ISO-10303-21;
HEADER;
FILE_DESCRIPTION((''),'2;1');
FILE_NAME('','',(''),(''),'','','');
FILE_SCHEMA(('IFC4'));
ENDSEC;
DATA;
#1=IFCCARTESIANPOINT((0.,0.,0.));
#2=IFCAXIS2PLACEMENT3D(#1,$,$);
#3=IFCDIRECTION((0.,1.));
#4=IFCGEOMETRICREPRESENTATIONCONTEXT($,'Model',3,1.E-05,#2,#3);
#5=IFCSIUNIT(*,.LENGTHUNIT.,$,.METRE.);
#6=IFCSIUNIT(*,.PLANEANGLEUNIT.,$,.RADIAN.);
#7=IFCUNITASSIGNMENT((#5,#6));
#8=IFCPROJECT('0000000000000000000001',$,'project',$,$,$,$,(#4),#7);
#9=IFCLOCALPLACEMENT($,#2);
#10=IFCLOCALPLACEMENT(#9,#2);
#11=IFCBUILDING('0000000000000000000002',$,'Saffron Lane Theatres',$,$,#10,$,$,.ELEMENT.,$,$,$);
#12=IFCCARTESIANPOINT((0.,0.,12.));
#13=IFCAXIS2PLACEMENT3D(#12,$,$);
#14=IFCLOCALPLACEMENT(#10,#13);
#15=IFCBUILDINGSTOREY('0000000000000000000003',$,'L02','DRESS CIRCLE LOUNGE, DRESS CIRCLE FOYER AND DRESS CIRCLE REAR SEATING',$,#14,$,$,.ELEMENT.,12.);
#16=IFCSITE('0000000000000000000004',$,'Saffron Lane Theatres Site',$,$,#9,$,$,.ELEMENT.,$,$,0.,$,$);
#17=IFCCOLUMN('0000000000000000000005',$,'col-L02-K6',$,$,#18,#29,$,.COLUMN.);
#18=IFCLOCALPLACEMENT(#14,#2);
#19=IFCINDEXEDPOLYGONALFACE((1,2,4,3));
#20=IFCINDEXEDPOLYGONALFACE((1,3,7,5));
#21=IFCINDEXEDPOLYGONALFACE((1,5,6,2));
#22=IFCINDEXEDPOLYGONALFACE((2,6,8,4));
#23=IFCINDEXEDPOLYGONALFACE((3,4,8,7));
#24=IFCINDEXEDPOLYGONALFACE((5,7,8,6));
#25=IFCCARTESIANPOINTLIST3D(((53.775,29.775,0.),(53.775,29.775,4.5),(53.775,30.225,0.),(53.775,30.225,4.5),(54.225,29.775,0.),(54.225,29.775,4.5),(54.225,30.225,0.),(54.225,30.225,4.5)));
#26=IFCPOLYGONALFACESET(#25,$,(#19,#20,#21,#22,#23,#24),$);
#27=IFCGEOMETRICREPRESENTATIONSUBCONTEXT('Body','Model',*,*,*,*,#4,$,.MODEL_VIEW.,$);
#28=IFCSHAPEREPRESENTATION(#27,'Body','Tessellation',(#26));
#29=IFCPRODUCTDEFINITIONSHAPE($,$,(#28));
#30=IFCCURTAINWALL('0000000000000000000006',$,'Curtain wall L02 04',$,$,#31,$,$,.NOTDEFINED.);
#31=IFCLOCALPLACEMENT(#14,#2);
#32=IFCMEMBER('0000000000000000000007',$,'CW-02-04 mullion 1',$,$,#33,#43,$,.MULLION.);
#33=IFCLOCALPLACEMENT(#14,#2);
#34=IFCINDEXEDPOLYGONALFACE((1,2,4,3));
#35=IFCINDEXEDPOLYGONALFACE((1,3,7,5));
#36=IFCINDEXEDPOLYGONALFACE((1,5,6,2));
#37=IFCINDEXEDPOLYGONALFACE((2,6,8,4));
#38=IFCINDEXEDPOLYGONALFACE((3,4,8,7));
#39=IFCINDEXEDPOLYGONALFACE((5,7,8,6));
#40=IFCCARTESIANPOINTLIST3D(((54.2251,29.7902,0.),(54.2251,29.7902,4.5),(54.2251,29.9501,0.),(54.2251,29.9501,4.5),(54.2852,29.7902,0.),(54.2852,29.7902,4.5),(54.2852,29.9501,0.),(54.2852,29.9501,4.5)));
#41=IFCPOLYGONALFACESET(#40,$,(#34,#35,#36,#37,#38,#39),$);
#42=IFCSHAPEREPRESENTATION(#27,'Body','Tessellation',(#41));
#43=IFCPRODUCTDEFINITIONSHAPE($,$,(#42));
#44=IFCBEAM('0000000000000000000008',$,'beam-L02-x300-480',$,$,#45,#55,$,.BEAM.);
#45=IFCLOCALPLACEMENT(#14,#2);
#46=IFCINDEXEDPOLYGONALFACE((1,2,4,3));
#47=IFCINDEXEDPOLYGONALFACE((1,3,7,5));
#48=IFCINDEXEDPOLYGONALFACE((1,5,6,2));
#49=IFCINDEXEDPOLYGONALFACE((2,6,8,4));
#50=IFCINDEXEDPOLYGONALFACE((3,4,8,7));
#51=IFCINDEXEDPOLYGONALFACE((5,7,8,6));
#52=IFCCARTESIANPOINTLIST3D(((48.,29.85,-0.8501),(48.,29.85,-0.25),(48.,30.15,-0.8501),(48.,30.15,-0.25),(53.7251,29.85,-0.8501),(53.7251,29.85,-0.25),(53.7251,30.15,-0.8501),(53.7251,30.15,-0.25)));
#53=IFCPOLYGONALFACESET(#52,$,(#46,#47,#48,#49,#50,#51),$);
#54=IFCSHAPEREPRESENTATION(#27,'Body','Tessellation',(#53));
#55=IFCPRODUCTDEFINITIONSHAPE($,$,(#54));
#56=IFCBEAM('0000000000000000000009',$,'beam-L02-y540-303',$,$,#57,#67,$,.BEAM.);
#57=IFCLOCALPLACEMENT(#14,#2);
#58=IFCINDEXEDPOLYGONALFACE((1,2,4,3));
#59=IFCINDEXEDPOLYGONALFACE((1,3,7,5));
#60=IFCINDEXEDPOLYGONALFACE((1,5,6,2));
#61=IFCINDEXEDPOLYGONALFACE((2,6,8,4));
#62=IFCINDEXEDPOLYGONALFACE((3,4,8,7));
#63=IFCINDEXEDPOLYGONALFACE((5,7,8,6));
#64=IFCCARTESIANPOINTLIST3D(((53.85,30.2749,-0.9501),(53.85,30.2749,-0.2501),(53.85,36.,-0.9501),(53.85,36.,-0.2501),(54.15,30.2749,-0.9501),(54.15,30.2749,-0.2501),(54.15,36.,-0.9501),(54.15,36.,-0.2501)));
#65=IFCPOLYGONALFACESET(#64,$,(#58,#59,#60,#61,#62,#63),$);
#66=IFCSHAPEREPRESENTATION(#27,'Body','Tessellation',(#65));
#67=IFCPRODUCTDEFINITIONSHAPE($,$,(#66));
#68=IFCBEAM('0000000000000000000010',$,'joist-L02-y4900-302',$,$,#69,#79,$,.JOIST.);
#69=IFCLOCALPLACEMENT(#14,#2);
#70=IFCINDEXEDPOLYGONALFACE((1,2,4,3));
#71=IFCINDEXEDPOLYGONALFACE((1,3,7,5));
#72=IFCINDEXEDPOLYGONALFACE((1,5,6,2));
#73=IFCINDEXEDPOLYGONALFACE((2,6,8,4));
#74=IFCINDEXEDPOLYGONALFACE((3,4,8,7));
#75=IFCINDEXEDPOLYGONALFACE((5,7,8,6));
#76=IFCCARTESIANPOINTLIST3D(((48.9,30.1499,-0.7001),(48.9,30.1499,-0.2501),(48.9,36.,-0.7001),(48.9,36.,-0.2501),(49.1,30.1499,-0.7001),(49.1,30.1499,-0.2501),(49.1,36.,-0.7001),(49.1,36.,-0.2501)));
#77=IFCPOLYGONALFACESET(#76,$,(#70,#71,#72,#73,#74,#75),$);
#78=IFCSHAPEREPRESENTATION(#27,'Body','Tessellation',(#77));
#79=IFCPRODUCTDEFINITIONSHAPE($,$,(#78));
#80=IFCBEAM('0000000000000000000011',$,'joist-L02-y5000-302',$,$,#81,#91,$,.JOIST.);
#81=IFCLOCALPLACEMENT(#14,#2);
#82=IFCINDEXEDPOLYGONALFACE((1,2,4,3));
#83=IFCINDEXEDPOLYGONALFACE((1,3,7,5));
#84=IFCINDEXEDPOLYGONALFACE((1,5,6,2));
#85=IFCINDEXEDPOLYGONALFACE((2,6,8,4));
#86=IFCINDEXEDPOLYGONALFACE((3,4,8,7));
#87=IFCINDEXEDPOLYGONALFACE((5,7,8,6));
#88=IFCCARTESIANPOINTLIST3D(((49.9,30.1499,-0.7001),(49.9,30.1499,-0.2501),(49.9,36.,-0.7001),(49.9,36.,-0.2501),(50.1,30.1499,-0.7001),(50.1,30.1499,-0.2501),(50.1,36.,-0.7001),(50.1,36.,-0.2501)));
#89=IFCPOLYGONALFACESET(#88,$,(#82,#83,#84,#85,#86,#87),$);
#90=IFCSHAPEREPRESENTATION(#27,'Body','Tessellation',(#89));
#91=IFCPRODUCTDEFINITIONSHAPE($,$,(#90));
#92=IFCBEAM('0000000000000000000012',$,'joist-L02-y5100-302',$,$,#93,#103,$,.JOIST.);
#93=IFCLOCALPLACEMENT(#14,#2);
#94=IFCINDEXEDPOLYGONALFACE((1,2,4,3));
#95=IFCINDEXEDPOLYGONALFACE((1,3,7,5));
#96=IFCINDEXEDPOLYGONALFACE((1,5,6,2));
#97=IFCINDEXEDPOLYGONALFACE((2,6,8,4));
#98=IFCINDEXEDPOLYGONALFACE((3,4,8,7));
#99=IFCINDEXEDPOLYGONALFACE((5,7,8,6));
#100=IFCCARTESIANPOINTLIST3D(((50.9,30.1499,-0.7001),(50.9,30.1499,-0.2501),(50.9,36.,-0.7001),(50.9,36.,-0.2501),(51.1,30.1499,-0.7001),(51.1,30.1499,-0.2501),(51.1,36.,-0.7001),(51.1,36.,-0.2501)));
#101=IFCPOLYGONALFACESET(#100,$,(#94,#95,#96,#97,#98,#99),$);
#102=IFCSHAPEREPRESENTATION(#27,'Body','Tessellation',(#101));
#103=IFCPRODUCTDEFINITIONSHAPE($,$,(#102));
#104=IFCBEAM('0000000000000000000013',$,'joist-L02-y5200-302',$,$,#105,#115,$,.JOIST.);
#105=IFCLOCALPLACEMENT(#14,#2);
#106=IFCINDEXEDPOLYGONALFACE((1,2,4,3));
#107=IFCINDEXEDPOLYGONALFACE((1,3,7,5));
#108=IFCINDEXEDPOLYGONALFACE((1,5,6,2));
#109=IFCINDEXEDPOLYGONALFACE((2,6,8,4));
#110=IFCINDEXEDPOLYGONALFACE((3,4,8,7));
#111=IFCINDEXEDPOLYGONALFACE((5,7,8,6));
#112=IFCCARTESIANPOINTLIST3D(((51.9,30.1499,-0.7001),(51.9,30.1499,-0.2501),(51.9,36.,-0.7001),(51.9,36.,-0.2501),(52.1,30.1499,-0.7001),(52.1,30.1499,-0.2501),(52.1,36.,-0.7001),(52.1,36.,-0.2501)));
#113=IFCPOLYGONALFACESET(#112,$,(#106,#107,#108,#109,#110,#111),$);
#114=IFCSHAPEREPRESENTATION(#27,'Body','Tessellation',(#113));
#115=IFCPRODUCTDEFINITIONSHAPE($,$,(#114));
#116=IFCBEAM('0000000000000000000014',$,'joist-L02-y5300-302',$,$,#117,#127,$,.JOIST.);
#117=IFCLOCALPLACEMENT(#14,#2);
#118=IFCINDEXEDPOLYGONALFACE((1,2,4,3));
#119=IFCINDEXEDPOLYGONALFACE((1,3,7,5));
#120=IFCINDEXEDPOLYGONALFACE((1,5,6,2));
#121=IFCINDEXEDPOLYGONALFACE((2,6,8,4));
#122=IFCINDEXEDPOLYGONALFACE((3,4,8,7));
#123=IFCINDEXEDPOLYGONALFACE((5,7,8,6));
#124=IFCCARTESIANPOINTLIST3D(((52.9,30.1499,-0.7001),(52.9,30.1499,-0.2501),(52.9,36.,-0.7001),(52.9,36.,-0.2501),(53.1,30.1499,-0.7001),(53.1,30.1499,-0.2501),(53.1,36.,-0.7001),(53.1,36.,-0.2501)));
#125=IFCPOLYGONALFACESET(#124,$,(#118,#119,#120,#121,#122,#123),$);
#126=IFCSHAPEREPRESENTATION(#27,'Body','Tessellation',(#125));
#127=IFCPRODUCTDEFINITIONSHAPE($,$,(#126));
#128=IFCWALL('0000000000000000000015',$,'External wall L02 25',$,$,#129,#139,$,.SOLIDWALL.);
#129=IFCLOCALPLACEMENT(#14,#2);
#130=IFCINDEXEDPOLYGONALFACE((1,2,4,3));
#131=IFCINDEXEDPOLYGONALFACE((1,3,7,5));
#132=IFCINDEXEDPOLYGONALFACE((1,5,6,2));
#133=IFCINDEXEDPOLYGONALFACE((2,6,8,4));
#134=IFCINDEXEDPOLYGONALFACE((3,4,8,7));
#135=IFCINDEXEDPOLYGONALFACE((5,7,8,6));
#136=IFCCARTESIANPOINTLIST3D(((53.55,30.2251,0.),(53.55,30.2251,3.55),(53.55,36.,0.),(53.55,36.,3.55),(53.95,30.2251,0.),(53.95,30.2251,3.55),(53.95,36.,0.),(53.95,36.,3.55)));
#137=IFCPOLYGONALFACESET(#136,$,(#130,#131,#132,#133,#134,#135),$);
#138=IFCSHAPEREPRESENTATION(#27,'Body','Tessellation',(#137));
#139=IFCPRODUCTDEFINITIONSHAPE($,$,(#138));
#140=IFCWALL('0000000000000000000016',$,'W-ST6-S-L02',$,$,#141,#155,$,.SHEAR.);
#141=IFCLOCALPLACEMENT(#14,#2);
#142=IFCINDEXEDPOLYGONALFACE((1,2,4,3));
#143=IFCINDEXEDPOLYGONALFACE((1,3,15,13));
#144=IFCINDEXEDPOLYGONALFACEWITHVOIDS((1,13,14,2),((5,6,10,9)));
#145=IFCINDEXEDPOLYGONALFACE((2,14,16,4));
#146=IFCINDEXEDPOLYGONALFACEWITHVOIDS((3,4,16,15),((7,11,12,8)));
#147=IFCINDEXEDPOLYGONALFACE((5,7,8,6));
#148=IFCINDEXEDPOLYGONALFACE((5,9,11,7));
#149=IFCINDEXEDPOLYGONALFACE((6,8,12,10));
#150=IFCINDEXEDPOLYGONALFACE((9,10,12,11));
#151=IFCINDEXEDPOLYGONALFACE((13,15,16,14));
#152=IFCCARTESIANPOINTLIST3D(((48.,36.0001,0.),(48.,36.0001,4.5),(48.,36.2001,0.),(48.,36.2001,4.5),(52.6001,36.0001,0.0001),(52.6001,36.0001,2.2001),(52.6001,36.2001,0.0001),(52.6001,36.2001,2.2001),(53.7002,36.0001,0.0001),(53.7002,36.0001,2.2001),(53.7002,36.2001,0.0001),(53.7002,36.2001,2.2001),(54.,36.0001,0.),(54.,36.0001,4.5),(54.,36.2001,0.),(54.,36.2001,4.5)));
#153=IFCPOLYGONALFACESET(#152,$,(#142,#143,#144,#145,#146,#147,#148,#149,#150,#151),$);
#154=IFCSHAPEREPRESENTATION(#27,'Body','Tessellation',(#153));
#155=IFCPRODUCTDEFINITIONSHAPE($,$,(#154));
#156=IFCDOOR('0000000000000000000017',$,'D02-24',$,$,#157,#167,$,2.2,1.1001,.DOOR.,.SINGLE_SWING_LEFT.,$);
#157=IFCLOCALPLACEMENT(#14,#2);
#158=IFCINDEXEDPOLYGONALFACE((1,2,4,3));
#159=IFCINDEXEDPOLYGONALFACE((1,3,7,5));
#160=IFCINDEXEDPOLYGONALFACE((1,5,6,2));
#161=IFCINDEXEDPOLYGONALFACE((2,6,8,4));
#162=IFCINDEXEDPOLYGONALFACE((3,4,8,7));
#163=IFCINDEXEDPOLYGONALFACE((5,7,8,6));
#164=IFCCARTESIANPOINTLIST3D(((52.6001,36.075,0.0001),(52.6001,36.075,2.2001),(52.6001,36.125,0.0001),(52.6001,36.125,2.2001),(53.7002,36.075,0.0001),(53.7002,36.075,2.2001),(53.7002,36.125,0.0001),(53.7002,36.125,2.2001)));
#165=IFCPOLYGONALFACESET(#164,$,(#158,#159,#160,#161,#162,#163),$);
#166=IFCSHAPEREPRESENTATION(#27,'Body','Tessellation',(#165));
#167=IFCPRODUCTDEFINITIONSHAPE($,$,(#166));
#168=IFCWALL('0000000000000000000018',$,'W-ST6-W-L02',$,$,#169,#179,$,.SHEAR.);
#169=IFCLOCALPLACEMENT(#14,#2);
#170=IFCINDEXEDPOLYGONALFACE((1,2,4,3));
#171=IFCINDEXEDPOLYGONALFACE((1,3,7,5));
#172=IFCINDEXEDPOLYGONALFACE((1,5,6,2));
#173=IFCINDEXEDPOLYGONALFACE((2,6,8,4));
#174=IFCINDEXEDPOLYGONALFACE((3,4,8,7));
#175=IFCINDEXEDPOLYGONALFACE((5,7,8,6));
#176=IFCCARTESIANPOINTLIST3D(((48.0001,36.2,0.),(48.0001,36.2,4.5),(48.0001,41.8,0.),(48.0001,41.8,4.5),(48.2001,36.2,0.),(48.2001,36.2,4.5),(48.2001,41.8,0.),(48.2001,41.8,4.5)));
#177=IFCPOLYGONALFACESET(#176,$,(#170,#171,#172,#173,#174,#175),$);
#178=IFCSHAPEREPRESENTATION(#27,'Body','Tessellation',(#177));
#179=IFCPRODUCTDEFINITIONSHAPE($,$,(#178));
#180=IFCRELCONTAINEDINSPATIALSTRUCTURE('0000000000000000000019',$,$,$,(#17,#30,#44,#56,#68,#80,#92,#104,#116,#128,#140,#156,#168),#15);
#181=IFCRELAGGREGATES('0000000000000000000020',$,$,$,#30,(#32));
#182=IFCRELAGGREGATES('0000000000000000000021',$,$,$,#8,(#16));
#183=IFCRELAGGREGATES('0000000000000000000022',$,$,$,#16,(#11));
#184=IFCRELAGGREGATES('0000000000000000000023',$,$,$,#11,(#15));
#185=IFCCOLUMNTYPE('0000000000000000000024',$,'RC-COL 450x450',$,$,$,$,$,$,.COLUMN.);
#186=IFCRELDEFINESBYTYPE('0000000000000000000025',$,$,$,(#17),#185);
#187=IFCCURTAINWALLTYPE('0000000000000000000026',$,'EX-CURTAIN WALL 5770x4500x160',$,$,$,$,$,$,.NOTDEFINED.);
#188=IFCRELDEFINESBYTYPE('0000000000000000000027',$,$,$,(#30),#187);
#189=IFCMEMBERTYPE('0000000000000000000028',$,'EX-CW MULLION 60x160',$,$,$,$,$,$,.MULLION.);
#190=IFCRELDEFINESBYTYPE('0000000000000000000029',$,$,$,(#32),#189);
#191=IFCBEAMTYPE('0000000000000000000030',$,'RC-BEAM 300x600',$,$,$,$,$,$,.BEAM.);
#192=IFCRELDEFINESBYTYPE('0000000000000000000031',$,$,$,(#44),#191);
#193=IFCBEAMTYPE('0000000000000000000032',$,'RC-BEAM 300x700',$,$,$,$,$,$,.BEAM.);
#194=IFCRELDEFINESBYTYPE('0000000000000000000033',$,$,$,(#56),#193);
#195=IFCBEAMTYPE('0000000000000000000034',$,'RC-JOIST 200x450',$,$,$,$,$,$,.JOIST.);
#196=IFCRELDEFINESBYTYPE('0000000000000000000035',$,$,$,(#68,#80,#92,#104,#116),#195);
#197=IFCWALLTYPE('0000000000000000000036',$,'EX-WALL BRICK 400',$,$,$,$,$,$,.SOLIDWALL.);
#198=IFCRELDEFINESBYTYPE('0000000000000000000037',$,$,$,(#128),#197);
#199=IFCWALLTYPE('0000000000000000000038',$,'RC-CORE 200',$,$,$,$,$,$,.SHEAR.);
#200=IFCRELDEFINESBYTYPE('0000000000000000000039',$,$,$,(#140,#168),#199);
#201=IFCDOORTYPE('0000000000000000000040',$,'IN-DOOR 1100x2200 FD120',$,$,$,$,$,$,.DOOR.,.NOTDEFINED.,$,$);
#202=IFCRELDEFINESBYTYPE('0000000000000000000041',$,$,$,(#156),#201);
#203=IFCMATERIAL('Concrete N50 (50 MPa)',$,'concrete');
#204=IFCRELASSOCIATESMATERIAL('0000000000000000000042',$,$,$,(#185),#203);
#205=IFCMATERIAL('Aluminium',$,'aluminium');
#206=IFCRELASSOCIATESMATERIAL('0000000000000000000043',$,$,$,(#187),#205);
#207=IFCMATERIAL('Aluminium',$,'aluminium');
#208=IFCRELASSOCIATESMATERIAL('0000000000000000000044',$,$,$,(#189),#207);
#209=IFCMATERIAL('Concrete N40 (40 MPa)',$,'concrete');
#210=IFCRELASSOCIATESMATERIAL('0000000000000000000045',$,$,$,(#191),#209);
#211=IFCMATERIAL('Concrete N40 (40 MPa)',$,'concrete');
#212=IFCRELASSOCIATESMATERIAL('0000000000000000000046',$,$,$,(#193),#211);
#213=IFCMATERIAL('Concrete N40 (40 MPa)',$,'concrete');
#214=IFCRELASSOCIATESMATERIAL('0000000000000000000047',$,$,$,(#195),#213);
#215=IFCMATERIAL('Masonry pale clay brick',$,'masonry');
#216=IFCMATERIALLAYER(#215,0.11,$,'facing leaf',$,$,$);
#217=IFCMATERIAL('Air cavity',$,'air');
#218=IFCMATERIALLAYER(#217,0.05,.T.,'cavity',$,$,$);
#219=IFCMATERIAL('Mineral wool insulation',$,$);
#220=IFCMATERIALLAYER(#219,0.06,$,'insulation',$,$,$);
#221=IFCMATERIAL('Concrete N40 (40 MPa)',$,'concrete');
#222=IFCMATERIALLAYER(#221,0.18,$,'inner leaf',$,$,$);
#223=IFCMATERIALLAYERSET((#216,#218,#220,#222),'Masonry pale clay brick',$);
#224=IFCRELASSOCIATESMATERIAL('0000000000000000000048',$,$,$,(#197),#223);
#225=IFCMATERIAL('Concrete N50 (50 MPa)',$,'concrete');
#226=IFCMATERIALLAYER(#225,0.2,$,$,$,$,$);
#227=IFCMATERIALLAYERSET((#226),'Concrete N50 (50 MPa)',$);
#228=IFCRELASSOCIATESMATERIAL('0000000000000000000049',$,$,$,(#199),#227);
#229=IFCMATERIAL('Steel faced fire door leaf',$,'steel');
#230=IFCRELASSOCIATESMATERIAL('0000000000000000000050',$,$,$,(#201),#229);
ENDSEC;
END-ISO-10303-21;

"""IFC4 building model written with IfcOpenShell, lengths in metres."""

from ifc_helpers import new_model, si_unit, direction, frame, frame_2d, origin, origin_2d, place, context, subcontext, project, spatial, rectangle, extrude, material, layer, layer_set, material_profile, profile_set, type_object, element, fill, aggregate, save


model = new_model("IFC4")

# Units and contexts
model_context = context("Model", 3, precision=1e-05, world=origin(), true_north=direction((0.0, 1.0)))
body_context = subcontext(model_context, "Body", "Model", "MODEL_VIEW")
ifc_project = project(units=[si_unit("LENGTHUNIT", "METRE"), si_unit("PLANEANGLEUNIT", "RADIAN")], contexts=[model_context])

# Site, building, storey
site_placement = place(None, origin())
site = spatial("IfcSite", under=ifc_project, at=site_placement, Name="Saffron Lane Theatres Site", CompositionType="ELEMENT", RefElevation=0.0)
building_placement = place(site_placement, origin())
building = spatial("IfcBuilding", under=site, at=building_placement, Name="Saffron Lane Theatres", CompositionType="ELEMENT")
storey_placement = place(building_placement, frame((0.0, 0.0, 12.0)))
storey = spatial("IfcBuildingStorey", under=building, at=storey_placement, Name="L02", Description="DRESS CIRCLE LOUNGE, DRESS CIRCLE FOYER AND DRESS CIRCLE REAR SEATING", CompositionType="ELEMENT", Elevation=12.0)

# Column
ifc_material_1 = material(Name="Concrete N50 (50 MPa)", Category="concrete")
ifc_material_profile_1 = material_profile(ifc_material_1, rectangle(XDim=0.45, YDim=0.45, at=origin_2d()))
ifc_profile_set_1 = profile_set([ifc_material_profile_1], Name="Concrete N50 (50 MPa)")
column_type = type_object("IfcColumnType", Name="RC-COL 450x450", PredefinedType="COLUMN", material=ifc_profile_set_1)
column_placement = place(storey_placement, frame((54.0, 30.0, 0.0), z_axis=(0.0, 0.0, 1.0), x_axis=(1.0, 0.0, 0.0)))
element("IfcColumn", 1, at=column_placement, inside=storey, type_object=column_type, Name="col-L02-K6", PredefinedType="COLUMN", context=body_context, shape_type="SweptSolid", body=[
    extrude(rectangle(XDim=0.45, YDim=0.45, at=origin_2d()), origin(), (0.0, 0.0, 1.0), 4.5),
])

# Curtain wall, member
ifc_material_2 = material(Name="Aluminium", Category="aluminium")
curtain_wall_type = type_object("IfcCurtainWallType", Name="EX-CURTAIN WALL 5770x4500x160", PredefinedType="NOTDEFINED", material=ifc_material_2)
curtain_wall_placement = place(storey_placement, origin())
curtain_wall = element("IfcCurtainWall", 2, at=curtain_wall_placement, inside=storey, type_object=curtain_wall_type, Name="Curtain wall L02 04", PredefinedType="NOTDEFINED")
ifc_material_3 = material(Name="Aluminium", Category="aluminium")
ifc_material_profile_2 = material_profile(ifc_material_3, rectangle(XDim=0.0601, YDim=0.1599, at=origin_2d()))
ifc_profile_set_2 = profile_set([ifc_material_profile_2], Name="Aluminium")
member_type = type_object("IfcMemberType", Name="EX-CW MULLION 60x160", PredefinedType="MULLION", material=ifc_profile_set_2)
member_placement = place(storey_placement, frame((54.2551, 29.8701, 0.0), z_axis=(0.0, 0.0, 1.0), x_axis=(1.0, 0.0, 0.0)))
member = element("IfcMember", 3, at=member_placement, type_object=member_type, Name="CW-02-04 mullion 1", PredefinedType="MULLION", context=body_context, shape_type="SweptSolid", body=[
    extrude(rectangle(XDim=0.0601, YDim=0.1599, at=origin_2d()), origin(), (0.0, 0.0, 1.0), 4.5),
])
aggregate(curtain_wall, [member])

# Beams
ifc_material_4 = material(Name="Concrete N40 (40 MPa)", Category="concrete")
ifc_material_profile_3 = material_profile(ifc_material_4, rectangle(XDim=0.3, YDim=0.6001, at=origin_2d()))
ifc_profile_set_3 = profile_set([ifc_material_profile_3], Name="Concrete N40 (40 MPa)")
beam_type_1 = type_object("IfcBeamType", Name="RC-BEAM 300x600", PredefinedType="BEAM", material=ifc_profile_set_3)
beam_1_placement = place(storey_placement, frame((48.0, 30.0, -0.55), z_axis=(1.0, 0.0, 0.0), x_axis=(0.0, 1.0, 0.0)))
element("IfcBeam", 4, at=beam_1_placement, inside=storey, type_object=beam_type_1, Name="beam-L02-x300-480", PredefinedType="BEAM", context=body_context, shape_type="SweptSolid", body=[
    extrude(rectangle(XDim=0.3, YDim=0.6001, at=origin_2d()), origin(), (0.0, 0.0, 1.0), 5.7251),
])
ifc_material_5 = material(Name="Concrete N40 (40 MPa)", Category="concrete")
ifc_material_profile_4 = material_profile(ifc_material_5, rectangle(XDim=0.3, YDim=0.7, at=origin_2d()))
ifc_profile_set_4 = profile_set([ifc_material_profile_4], Name="Concrete N40 (40 MPa)")
beam_type_2 = type_object("IfcBeamType", Name="RC-BEAM 300x700", PredefinedType="BEAM", material=ifc_profile_set_4)
beam_2_placement = place(storey_placement, frame((54.0, 30.2749, -0.6001), z_axis=(0.0, 1.0, 0.0), x_axis=(-1.0, 0.0, 0.0)))
element("IfcBeam", 5, at=beam_2_placement, inside=storey, type_object=beam_type_2, Name="beam-L02-y540-303", PredefinedType="BEAM", context=body_context, shape_type="SweptSolid", body=[
    extrude(rectangle(XDim=0.3, YDim=0.7, at=origin_2d()), origin(), (0.0, 0.0, 1.0), 5.7251),
])
ifc_material_6 = material(Name="Concrete N40 (40 MPa)", Category="concrete")
ifc_material_profile_5 = material_profile(ifc_material_6, rectangle(XDim=0.2, YDim=0.45, at=origin_2d()))
ifc_profile_set_5 = profile_set([ifc_material_profile_5], Name="Concrete N40 (40 MPa)")
beam_type_3 = type_object("IfcBeamType", Name="RC-JOIST 200x450", PredefinedType="JOIST", material=ifc_profile_set_5)
for number, where, z_axis, x_axis, name in (
    (6, (49.0, 30.1499, -0.4751), (0.0, 1.0, 0.0), (-1.0, 0.0, 0.0), "joist-L02-y4900-302"),
    (7, (50.0, 30.1499, -0.4751), (0.0, 1.0, 0.0), (-1.0, 0.0, 0.0), "joist-L02-y5000-302"),
    (8, (51.0, 30.1499, -0.4751), (0.0, 1.0, 0.0), (-1.0, 0.0, 0.0), "joist-L02-y5100-302"),
    (9, (52.0, 30.1499, -0.4751), (0.0, 1.0, 0.0), (-1.0, 0.0, 0.0), "joist-L02-y5200-302"),
    (10, (53.0, 30.1499, -0.4751), (0.0, 1.0, 0.0), (-1.0, 0.0, 0.0), "joist-L02-y5300-302"),
):
    element("IfcBeam", number, at=place(storey_placement, frame(where, z_axis=z_axis, x_axis=x_axis)), inside=storey, type_object=beam_type_3, Name=name, PredefinedType="JOIST", context=body_context, shape_type="SweptSolid", body=[
        extrude(rectangle(XDim=0.2, YDim=0.45, at=origin_2d()), origin(), (0.0, 0.0, 1.0), 5.8501),
    ])

# Wall
ifc_material_7 = material(Name="Masonry pale clay brick", Category="masonry")
ifc_layer_1 = layer(ifc_material_7, 0.11, Name="facing leaf")
ifc_material_8 = material(Name="Air cavity", Category="air")
ifc_layer_2 = layer(ifc_material_8, 0.05, ventilated=True, Name="cavity")
ifc_material_9 = material(Name="Mineral wool insulation")
ifc_layer_3 = layer(ifc_material_9, 0.06, Name="insulation")
ifc_material_10 = material(Name="Concrete N40 (40 MPa)", Category="concrete")
ifc_layer_4 = layer(ifc_material_10, 0.18, Name="inner leaf")
ifc_layer_set_1 = layer_set([ifc_layer_1, ifc_layer_2, ifc_layer_3, ifc_layer_4], Name="Masonry pale clay brick")
wall_type_1 = type_object("IfcWallType", Name="EX-WALL BRICK 400", PredefinedType="SOLIDWALL", material=ifc_layer_set_1)
wall_1_placement = place(storey_placement, frame((53.75, 36.0, 0.0), z_axis=(0.0, 0.0, 1.0), x_axis=(0.0, -1.0, 0.0)))
element("IfcWall", 11, at=wall_1_placement, inside=storey, type_object=wall_type_1, Name="External wall L02 25", PredefinedType="SOLIDWALL", context=body_context, shape_type="SweptSolid", body=[
    extrude(rectangle(XDim=5.7749, YDim=0.3999, at=frame_2d((2.8875, 0.0))), origin(), (0.0, 0.0, 1.0), 3.55),
])

# Wall, opening, door
ifc_material_11 = material(Name="Concrete N50 (50 MPa)", Category="concrete")
ifc_layer_5 = layer(ifc_material_11, 0.2)
ifc_layer_set_2 = layer_set([ifc_layer_5], Name="Concrete N50 (50 MPa)")
wall_type_2 = type_object("IfcWallType", Name="RC-CORE 200", PredefinedType="SHEAR", material=ifc_layer_set_2)
wall_2_placement = place(storey_placement, frame((48.0, 36.1001, 0.0), z_axis=(0.0, 0.0, 1.0), x_axis=(1.0, 0.0, 0.0)))
wall_2 = element("IfcWall", 12, at=wall_2_placement, inside=storey, type_object=wall_type_2, Name="W-ST6-S-L02", PredefinedType="SHEAR", context=body_context, shape_type="SweptSolid", body=[
    extrude(rectangle(XDim=6.0, YDim=0.2, at=frame_2d((3.0, 0.0))), origin(), (0.0, 0.0, 1.0), 4.5),
])
opening_placement = place(wall_2_placement, frame((4.6001, 0.0, 0.0)))
opening = element("IfcOpeningElement", 13, at=opening_placement, cuts=wall_2, PredefinedType="OPENING", context=body_context, shape_type="SweptSolid", body=[
    extrude(rectangle(XDim=1.1001, YDim=2.2, at=frame_2d((0.55, 1.1001))), frame((0.0, 0.1099, 0.0), z_axis=(0.0, -1.0, 0.0), x_axis=(1.0, 0.0, 0.0)), (0.0, 0.0, 1.0), 0.22),
])
ifc_material_12 = material(Name="Steel faced fire door leaf", Category="steel")
door_type = type_object("IfcDoorType", Name="IN-DOOR 1100x2200 FD120", OperationType="NOTDEFINED", PredefinedType="DOOR", material=ifc_material_12)
door_placement = place(opening_placement, origin())
door = element("IfcDoor", 14, at=door_placement, inside=storey, type_object=door_type, Name="D02-24", OperationType="SINGLE_SWING_LEFT", OverallHeight=2.2, OverallWidth=1.1001, PredefinedType="DOOR", context=body_context, shape_type="SweptSolid", body=[
    extrude(rectangle(XDim=1.1001, YDim=2.2, at=frame_2d((0.55, 1.1001))), frame((0.0, 0.0249, 0.0), z_axis=(0.0, -1.0, 0.0), x_axis=(1.0, 0.0, 0.0)), (0.0, 0.0, 1.0), 0.05),
])
fill(opening, door)

# Wall
wall_3_placement = place(storey_placement, frame((48.1001, 36.2, 0.0), z_axis=(0.0, 0.0, 1.0), x_axis=(0.0, 1.0, 0.0)))
element("IfcWall", 15, at=wall_3_placement, inside=storey, type_object=wall_type_2, Name="W-ST6-W-L02", PredefinedType="SHEAR", context=body_context, shape_type="SweptSolid", body=[
    extrude(rectangle(XDim=5.6001, YDim=0.2, at=frame_2d((2.8, 0.0))), origin(), (0.0, 0.0, 1.0), 4.5),
])

save(model, "model.ifc")
